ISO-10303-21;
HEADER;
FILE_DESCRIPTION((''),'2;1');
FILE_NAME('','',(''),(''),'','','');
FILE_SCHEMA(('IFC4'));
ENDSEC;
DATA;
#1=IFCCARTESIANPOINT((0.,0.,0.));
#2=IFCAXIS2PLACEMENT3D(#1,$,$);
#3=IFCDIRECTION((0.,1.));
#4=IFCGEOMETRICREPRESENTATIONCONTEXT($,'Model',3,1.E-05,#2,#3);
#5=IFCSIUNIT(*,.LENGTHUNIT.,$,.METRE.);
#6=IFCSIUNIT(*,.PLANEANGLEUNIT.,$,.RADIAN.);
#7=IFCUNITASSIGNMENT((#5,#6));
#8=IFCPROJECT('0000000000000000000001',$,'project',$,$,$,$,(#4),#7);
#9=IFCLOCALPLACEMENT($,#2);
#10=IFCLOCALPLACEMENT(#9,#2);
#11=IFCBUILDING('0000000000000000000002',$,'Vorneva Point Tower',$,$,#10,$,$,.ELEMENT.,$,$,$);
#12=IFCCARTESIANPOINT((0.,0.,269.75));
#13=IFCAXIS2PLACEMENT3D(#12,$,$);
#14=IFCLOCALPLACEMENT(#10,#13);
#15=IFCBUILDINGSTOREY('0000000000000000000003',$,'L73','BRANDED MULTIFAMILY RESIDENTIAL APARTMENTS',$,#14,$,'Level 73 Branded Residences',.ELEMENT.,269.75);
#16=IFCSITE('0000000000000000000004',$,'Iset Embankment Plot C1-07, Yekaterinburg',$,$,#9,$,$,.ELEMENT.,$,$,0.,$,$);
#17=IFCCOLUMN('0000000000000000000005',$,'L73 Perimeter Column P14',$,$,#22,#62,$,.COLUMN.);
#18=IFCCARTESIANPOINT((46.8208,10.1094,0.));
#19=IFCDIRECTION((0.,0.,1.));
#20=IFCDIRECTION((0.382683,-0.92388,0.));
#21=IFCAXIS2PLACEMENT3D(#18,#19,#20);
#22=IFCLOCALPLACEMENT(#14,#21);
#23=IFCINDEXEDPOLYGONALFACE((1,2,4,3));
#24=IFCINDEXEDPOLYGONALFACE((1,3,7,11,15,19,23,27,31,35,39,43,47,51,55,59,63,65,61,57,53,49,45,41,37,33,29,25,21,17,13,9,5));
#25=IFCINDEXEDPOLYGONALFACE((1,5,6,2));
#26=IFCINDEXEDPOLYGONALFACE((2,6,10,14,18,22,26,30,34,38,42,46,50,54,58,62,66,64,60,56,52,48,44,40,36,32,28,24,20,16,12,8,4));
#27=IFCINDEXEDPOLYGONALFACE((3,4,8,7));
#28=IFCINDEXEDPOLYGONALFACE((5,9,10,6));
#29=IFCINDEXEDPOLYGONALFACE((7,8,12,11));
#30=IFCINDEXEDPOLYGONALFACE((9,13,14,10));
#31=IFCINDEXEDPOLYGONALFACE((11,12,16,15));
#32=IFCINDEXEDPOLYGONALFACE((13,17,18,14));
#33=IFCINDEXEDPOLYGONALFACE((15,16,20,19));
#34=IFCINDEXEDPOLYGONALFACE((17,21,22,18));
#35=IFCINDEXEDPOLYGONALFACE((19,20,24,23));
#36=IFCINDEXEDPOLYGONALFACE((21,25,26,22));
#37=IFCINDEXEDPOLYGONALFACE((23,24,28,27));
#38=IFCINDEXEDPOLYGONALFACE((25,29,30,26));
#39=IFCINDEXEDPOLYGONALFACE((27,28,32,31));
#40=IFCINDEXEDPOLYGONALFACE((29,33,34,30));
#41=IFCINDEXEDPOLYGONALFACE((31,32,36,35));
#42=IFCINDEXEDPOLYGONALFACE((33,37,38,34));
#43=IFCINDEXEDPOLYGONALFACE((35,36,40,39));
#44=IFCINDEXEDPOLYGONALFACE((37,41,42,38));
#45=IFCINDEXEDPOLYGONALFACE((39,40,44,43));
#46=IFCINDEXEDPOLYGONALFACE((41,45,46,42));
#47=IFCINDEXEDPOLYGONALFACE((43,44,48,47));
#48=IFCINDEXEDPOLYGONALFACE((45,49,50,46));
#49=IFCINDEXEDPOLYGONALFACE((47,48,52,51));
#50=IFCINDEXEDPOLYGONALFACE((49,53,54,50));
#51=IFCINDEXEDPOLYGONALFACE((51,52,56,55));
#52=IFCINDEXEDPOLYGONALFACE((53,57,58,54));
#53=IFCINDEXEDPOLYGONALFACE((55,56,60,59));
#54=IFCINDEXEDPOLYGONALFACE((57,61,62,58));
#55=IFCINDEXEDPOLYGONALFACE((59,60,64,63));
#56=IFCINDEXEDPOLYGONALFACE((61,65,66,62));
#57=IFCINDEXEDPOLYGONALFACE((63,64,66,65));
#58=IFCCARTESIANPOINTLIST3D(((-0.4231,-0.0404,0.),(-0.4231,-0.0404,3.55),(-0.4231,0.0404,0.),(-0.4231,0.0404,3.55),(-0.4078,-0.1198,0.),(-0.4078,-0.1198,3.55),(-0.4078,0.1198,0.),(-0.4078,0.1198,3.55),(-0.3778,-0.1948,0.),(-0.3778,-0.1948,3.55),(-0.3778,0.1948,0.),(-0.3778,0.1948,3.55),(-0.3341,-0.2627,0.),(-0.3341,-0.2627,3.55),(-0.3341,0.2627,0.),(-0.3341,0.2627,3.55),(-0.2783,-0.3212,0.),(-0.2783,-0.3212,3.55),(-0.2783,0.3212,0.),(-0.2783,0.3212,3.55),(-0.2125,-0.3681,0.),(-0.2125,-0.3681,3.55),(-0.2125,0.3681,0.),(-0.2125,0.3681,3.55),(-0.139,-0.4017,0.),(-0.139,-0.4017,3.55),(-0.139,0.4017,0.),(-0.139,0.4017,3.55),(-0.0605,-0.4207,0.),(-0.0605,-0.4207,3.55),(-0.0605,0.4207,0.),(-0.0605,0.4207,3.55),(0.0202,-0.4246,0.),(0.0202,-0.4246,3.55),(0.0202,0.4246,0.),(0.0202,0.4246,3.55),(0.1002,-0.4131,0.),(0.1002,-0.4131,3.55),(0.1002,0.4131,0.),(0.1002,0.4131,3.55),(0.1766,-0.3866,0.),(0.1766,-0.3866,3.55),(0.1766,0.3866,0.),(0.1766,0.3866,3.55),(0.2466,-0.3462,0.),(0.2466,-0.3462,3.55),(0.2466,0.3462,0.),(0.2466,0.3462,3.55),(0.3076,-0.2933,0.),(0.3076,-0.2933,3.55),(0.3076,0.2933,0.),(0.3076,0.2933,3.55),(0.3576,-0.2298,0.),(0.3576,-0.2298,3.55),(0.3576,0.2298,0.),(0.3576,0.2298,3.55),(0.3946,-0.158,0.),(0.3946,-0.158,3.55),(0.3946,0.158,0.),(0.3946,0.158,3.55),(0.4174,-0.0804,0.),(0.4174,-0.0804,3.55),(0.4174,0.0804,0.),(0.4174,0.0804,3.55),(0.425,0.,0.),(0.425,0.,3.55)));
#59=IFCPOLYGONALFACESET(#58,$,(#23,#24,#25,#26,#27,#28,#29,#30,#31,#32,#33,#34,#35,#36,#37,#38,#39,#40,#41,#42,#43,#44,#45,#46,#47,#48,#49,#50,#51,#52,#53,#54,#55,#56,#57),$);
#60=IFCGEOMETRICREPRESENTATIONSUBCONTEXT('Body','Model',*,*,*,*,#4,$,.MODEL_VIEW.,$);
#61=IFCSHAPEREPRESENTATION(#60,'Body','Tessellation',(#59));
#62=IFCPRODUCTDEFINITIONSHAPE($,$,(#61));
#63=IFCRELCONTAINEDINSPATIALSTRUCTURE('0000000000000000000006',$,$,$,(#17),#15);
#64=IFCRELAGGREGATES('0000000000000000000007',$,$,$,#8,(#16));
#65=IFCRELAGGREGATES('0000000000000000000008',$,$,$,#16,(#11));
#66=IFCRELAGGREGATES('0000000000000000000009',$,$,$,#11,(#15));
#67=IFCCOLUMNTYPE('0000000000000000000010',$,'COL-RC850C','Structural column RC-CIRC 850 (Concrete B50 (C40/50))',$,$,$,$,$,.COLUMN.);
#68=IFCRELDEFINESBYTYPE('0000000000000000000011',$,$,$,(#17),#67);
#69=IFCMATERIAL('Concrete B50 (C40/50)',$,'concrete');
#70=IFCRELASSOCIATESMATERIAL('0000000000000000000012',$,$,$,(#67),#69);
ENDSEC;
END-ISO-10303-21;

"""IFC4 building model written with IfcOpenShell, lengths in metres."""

from ifc_helpers import new_model, si_unit, direction, frame, origin, origin_2d, place, context, subcontext, project, spatial, circle, extrude, material, material_profile, profile_set, type_object, element, save


model = new_model("IFC4")

# Units and contexts
model_context = context("Model", 3, precision=1e-05, world=origin(), true_north=direction((0.0, 1.0)))
body_context = subcontext(model_context, "Body", "Model", "MODEL_VIEW")
ifc_project = project(units=[si_unit("LENGTHUNIT", "METRE"), si_unit("PLANEANGLEUNIT", "RADIAN")], contexts=[model_context])

# Site, building, storey
site_placement = place(None, origin())
site = spatial("IfcSite", under=ifc_project, at=site_placement, Name="Iset Embankment Plot C1-07, Yekaterinburg", CompositionType="ELEMENT", RefElevation=0.0)
building_placement = place(site_placement, origin())
building = spatial("IfcBuilding", under=site, at=building_placement, Name="Vorneva Point Tower", CompositionType="ELEMENT")
storey_placement = place(building_placement, frame((0.0, 0.0, 269.75)))
storey = spatial("IfcBuildingStorey", under=building, at=storey_placement, Name="L73", Description="BRANDED MULTIFAMILY RESIDENTIAL APARTMENTS", LongName="Level 73 Branded Residences", CompositionType="ELEMENT", Elevation=269.75)

# Column
ifc_material_1 = material(Name="Concrete B50 (C40/50)", Category="concrete")
ifc_material_profile_1 = material_profile(ifc_material_1, circle(Radius=0.425, at=origin_2d()), Name="RC-CIRC 850")
ifc_profile_set_1 = profile_set([ifc_material_profile_1], Name="Concrete B50 (C40/50)")
column_type_1 = type_object("IfcColumnType", Name="COL-RC850C", Description="Structural column RC-CIRC 850 (Concrete B50 (C40/50))", PredefinedType="COLUMN", material=ifc_profile_set_1)
column_1_placement = place(storey_placement, frame((46.8208, 10.1094, 0.0), z_axis=(0.0, 0.0, 1.0), x_axis=(0.382683, -0.92388, 0.0)))
element("IfcColumn", 1, at=column_1_placement, inside=storey, type_object=column_type_1, Name="L73 Perimeter Column P14", PredefinedType="COLUMN", context=body_context, shape_type="SweptSolid", body=[
    extrude(circle(Radius=0.425, at=origin_2d()), origin(), (0.0, 0.0, 1.0), 3.55),
])

save(model, "model.ifc")
